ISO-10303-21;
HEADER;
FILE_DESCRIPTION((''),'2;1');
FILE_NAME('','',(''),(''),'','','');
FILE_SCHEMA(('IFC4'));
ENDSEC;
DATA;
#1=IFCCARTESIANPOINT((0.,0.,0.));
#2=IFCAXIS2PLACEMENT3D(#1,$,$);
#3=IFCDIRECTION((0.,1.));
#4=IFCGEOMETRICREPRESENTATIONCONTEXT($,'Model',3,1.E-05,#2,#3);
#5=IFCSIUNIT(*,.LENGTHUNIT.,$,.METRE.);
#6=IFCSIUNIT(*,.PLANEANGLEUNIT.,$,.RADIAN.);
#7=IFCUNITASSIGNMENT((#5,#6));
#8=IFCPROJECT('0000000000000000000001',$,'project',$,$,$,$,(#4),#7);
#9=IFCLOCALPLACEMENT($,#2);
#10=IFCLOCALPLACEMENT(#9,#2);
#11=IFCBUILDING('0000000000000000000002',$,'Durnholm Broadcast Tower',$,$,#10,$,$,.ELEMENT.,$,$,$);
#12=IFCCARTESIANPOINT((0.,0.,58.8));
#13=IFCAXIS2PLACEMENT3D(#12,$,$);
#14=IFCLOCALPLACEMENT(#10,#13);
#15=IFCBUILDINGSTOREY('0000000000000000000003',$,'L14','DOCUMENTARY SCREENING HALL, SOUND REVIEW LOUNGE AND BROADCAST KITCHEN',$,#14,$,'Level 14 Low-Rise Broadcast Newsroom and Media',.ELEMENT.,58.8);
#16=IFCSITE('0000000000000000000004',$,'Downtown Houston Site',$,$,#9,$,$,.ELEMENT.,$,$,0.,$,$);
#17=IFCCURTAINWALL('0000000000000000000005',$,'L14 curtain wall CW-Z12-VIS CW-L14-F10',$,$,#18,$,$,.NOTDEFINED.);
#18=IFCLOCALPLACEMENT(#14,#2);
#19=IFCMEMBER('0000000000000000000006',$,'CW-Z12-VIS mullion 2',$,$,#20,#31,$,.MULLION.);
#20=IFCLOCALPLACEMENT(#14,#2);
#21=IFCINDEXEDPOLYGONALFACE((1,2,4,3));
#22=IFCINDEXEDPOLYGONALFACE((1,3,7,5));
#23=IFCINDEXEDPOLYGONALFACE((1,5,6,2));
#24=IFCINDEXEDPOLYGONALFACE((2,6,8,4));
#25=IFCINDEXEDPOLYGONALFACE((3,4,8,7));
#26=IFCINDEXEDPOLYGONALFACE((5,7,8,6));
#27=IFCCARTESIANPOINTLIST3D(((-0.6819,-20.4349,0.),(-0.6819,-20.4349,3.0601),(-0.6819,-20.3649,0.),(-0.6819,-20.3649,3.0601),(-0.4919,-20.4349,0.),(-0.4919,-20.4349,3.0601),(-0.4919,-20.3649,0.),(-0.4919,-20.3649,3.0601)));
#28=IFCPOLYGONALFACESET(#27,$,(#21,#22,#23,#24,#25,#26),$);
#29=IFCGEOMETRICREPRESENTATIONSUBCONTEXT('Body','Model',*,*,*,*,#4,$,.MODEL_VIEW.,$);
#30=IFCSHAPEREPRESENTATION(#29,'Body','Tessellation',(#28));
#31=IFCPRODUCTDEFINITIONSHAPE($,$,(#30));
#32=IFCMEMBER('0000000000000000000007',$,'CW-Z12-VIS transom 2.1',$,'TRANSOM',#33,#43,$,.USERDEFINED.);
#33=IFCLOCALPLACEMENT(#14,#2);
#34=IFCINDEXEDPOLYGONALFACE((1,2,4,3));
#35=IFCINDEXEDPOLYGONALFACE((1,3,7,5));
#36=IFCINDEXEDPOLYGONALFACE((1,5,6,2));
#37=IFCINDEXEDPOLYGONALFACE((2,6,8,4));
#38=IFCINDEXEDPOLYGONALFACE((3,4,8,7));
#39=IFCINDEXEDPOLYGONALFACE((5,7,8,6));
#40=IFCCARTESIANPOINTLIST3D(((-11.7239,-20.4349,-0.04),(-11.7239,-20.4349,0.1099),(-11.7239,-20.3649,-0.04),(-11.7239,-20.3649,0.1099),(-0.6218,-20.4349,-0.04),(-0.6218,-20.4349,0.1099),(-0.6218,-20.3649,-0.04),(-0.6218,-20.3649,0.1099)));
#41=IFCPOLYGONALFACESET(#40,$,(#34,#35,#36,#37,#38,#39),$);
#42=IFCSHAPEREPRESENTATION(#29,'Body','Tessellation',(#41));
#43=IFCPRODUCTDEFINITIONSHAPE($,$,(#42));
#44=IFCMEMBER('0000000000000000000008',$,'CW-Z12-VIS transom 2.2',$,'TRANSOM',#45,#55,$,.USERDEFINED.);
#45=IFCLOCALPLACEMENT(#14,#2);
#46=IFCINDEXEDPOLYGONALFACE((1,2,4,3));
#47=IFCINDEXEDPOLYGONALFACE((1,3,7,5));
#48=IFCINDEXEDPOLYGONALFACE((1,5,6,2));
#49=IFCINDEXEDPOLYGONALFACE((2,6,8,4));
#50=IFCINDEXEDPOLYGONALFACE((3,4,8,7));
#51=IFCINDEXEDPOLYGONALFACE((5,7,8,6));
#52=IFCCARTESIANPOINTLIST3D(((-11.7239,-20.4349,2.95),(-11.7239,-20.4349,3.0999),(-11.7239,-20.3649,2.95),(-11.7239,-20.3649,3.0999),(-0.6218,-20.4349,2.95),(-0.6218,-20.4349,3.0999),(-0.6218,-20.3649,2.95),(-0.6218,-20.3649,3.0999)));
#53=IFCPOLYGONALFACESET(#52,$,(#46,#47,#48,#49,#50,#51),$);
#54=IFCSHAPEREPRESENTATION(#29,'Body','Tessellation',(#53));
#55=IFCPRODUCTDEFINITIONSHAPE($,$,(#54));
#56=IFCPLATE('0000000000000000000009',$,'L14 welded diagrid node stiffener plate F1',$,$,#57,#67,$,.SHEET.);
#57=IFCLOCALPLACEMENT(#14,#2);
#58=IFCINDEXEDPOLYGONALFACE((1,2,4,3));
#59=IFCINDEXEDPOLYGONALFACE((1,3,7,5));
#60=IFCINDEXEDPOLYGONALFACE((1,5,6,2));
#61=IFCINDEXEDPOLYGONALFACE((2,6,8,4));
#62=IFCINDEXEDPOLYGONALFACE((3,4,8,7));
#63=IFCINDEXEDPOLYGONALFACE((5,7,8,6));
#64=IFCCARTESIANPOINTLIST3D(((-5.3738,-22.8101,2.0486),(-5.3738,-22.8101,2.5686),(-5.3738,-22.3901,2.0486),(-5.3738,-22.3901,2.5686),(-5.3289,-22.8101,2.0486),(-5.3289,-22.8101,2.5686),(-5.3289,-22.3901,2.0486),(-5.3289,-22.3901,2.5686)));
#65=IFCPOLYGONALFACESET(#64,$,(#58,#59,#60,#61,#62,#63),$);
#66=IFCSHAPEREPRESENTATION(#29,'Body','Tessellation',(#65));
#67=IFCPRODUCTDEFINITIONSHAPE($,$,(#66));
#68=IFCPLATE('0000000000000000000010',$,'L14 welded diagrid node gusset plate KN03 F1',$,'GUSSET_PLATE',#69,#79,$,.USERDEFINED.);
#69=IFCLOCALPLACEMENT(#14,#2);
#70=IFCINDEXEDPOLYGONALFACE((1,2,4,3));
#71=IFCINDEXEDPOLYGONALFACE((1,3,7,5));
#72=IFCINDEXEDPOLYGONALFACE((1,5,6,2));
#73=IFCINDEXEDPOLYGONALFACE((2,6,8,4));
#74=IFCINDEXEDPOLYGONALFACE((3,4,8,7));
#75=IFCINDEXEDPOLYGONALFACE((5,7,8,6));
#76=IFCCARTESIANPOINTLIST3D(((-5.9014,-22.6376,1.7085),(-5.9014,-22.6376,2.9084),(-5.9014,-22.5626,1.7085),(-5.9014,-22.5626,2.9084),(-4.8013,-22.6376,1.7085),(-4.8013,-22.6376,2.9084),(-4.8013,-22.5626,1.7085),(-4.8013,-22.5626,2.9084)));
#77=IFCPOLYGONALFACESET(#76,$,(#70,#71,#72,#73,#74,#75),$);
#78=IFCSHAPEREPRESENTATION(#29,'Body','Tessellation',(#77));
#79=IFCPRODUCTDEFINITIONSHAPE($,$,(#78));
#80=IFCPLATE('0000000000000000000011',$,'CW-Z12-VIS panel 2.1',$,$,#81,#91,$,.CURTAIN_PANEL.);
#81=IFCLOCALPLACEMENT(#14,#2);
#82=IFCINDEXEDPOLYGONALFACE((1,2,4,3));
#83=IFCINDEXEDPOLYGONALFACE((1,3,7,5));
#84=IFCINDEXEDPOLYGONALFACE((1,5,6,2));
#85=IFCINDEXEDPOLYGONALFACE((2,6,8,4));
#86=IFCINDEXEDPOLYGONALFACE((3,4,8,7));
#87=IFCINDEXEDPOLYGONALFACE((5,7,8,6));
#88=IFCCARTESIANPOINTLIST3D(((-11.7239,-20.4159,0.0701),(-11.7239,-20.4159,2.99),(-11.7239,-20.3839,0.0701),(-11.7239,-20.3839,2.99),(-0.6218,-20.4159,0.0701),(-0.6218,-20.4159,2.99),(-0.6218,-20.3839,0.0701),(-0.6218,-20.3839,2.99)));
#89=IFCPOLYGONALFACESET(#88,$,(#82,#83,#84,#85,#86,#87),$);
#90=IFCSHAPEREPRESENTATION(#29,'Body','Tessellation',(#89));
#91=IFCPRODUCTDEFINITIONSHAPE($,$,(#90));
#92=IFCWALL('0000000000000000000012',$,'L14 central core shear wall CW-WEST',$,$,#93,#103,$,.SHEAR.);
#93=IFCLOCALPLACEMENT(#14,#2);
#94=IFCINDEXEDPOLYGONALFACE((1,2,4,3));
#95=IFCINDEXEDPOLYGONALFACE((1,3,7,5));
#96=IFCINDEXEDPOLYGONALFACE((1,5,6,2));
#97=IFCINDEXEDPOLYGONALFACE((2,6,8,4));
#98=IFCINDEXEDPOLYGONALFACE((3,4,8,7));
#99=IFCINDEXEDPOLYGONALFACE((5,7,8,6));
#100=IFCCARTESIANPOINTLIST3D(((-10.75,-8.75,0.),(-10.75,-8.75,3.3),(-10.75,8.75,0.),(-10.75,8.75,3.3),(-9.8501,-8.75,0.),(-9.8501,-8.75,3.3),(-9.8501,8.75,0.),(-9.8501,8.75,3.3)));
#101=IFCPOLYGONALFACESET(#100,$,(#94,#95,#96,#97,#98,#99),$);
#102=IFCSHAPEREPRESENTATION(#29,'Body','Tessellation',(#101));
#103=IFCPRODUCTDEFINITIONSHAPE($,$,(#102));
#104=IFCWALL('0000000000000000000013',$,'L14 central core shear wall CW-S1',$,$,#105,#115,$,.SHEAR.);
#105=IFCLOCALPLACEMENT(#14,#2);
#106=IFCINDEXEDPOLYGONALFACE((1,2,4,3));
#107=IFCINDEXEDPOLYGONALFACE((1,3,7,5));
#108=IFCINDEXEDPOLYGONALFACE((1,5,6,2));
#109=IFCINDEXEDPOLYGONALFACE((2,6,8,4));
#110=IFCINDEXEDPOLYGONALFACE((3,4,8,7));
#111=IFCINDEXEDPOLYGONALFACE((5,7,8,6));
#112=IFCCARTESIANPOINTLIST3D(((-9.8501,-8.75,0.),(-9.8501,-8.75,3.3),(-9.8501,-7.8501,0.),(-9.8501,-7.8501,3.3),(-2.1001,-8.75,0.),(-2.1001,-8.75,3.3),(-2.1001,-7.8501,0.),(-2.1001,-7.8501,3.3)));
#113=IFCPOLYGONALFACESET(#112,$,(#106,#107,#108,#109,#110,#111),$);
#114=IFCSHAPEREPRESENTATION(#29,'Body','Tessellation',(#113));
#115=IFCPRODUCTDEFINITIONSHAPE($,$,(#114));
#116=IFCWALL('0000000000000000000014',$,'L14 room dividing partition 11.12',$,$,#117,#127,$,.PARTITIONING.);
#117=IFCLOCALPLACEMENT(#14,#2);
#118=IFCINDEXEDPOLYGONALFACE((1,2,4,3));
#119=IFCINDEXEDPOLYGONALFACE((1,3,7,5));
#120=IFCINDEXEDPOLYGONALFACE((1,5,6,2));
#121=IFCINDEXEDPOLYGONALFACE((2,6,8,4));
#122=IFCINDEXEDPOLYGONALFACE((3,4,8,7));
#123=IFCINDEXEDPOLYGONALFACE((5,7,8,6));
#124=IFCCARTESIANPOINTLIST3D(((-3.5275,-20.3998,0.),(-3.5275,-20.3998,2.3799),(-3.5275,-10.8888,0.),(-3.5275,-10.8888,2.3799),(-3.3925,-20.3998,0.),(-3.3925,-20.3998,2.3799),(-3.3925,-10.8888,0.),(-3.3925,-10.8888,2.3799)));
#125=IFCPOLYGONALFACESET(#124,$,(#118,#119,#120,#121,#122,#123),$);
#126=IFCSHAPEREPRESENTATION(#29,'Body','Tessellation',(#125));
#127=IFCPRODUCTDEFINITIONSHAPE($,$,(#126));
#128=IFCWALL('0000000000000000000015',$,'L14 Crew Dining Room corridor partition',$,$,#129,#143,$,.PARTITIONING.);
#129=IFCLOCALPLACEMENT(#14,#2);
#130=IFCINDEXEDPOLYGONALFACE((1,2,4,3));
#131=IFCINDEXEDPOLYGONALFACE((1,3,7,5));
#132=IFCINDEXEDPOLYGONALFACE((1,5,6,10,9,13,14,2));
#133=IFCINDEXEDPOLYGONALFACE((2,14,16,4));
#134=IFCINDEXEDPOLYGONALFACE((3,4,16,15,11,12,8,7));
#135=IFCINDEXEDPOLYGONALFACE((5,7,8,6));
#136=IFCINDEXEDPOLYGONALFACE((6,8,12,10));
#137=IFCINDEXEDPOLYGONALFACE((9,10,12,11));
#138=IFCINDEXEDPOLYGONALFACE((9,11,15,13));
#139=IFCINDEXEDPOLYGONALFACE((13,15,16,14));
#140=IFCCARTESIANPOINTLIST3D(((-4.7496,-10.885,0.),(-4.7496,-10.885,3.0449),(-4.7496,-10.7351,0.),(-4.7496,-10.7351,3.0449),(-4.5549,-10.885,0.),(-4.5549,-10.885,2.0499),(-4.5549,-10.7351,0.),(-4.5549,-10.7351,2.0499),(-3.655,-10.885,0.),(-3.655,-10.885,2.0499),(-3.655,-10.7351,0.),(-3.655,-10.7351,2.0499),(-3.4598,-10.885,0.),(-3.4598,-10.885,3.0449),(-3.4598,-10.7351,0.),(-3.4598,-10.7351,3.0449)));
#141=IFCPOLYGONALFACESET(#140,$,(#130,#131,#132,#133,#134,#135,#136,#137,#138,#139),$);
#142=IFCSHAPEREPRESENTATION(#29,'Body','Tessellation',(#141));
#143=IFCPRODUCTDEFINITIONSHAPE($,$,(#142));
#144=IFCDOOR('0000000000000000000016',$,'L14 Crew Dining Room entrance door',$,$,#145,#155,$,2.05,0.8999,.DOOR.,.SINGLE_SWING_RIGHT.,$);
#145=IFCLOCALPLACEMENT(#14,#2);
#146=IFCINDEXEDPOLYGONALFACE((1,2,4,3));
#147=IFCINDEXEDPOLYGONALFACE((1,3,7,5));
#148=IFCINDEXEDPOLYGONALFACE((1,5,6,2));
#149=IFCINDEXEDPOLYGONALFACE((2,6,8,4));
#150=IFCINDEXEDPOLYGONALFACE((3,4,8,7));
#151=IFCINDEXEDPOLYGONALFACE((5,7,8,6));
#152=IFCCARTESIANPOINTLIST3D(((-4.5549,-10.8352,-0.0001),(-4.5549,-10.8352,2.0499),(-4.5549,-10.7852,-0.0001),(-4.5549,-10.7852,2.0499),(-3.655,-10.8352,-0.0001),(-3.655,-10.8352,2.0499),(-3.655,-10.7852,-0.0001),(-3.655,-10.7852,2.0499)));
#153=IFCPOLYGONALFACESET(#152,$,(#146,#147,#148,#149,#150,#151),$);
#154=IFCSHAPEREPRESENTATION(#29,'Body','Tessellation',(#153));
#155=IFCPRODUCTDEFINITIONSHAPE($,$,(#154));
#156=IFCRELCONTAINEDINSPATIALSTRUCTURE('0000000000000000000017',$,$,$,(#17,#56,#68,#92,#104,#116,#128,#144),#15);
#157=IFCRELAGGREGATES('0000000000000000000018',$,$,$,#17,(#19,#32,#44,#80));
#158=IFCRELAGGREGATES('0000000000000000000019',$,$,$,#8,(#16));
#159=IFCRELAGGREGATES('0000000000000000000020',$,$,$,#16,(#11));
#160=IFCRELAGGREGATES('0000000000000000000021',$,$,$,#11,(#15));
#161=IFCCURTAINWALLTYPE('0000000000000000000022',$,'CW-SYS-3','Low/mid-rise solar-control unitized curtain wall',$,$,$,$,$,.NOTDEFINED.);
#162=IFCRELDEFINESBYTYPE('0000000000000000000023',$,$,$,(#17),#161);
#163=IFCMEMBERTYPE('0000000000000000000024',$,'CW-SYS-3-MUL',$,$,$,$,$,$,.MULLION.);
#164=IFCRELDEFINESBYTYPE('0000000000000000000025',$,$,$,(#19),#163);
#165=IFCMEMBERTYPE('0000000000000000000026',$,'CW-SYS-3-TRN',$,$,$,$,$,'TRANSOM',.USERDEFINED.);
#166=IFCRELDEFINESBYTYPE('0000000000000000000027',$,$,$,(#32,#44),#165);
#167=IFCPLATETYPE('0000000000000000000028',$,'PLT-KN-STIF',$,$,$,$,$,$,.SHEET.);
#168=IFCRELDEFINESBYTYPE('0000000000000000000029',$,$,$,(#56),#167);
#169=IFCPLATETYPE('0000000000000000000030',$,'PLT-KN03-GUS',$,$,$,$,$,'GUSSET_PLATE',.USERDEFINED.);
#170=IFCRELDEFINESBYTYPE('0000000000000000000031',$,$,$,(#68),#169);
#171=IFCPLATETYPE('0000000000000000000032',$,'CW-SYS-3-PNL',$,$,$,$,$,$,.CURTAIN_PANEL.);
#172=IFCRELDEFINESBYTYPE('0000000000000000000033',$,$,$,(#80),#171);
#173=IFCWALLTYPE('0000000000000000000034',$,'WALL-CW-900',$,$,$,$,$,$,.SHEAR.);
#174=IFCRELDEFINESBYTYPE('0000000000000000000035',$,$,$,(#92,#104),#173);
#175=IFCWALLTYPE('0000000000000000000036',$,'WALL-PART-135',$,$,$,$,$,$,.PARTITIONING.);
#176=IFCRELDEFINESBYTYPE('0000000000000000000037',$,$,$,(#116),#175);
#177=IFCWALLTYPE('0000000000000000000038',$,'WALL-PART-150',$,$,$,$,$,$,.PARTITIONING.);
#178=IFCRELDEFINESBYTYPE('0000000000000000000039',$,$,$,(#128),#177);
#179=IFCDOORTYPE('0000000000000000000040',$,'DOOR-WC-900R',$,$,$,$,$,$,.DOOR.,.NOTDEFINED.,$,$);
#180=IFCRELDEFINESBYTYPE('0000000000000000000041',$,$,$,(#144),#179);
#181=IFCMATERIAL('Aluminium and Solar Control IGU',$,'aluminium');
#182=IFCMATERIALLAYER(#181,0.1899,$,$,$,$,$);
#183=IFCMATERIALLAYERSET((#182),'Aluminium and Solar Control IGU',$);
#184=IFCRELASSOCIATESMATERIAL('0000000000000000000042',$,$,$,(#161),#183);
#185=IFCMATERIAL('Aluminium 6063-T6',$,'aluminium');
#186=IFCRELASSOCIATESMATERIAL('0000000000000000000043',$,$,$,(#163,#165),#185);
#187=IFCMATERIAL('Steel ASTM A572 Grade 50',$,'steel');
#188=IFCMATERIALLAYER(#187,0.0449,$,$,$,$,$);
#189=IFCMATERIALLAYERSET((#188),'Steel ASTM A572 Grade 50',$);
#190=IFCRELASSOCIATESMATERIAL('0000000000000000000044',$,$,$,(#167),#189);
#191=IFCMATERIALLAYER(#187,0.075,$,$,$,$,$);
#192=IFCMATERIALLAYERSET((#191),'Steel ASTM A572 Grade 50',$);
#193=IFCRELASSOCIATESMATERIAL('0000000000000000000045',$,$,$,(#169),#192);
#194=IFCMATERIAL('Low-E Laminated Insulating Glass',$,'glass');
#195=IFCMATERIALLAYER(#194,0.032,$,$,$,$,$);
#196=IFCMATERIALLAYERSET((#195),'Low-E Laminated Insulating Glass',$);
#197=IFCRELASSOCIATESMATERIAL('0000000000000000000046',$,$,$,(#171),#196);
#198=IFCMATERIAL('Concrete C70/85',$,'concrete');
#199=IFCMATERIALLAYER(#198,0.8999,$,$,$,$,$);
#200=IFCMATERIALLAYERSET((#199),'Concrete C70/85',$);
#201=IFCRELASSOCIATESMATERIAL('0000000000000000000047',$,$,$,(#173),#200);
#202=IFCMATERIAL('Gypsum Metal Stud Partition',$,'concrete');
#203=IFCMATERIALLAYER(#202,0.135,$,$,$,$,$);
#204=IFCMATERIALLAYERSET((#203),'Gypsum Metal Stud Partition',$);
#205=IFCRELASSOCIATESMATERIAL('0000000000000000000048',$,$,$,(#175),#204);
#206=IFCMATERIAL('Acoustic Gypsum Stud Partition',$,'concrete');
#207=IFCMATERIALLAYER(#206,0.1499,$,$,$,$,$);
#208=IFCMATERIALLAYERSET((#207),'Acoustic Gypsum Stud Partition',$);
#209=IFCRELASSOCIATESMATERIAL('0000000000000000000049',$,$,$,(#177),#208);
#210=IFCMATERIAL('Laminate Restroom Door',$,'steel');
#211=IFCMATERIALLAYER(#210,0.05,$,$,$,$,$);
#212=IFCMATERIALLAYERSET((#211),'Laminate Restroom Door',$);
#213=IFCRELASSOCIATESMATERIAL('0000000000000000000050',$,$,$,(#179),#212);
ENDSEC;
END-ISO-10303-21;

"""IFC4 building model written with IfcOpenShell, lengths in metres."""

from ifc_helpers import new_model, si_unit, direction, frame, frame_2d, origin, origin_2d, place, context, subcontext, project, spatial, rectangle, extrude, source, transform, mapped, material, layer, layer_set, material_profile, profile_set, type_object, type_shapes, element, fill, aggregate, save


model = new_model("IFC4")

# Units and contexts
model_context = context("Model", 3, precision=1e-05, world=origin(), true_north=direction((0.0, 1.0)))
body_context = subcontext(model_context, "Body", "Model", "MODEL_VIEW")
ifc_project = project(units=[si_unit("LENGTHUNIT", "METRE"), si_unit("PLANEANGLEUNIT", "RADIAN")], contexts=[model_context])

# Site, building, storey
site_placement = place(None, origin())
site = spatial("IfcSite", under=ifc_project, at=site_placement, Name="Downtown Houston Site", CompositionType="ELEMENT", RefElevation=0.0)
building_placement = place(site_placement, origin())
building = spatial("IfcBuilding", under=site, at=building_placement, Name="Durnholm Broadcast Tower", CompositionType="ELEMENT")
storey_placement = place(building_placement, frame((0.0, 0.0, 58.8)))
storey = spatial("IfcBuildingStorey", under=building, at=storey_placement, Name="L14", Description="DOCUMENTARY SCREENING HALL, SOUND REVIEW LOUNGE AND BROADCAST KITCHEN", LongName="Level 14 Low-Rise Broadcast Newsroom and Media", CompositionType="ELEMENT", Elevation=58.8)

# Shared definitions
ifc_material_1 = material(Name="Concrete C70/85", Category="concrete")

# Curtain wall, members
ifc_material_2 = material(Name="Aluminium and Solar Control IGU", Category="aluminium")
ifc_layer_1 = layer(ifc_material_2, 0.1899)
ifc_layer_set_1 = layer_set([ifc_layer_1], Name="Aluminium and Solar Control IGU")
curtain_wall_type = type_object("IfcCurtainWallType", Name="CW-SYS-3", Description="Low/mid-rise solar-control unitized curtain wall", PredefinedType="NOTDEFINED", material=ifc_layer_set_1)
curtain_wall_placement = place(storey_placement, origin())
curtain_wall = element("IfcCurtainWall", 1, at=curtain_wall_placement, inside=storey, type_object=curtain_wall_type, Name="L14 curtain wall CW-Z12-VIS CW-L14-F10", PredefinedType="NOTDEFINED")
ifc_material_3 = material(Name="Aluminium 6063-T6", Category="aluminium")
ifc_material_profile_1 = material_profile(ifc_material_3, rectangle(XDim=0.0701, YDim=0.1899, at=origin_2d()), Name="CWM70X190")
ifc_profile_set_1 = profile_set([ifc_material_profile_1], Name="Aluminium 6063-T6")
member_type_1 = type_object("IfcMemberType", Name="CW-SYS-3-MUL", PredefinedType="MULLION", material=ifc_profile_set_1)
shared_shape_1 = source(origin(), body_context, "Body", "SweptSolid", [
    extrude(rectangle(XDim=0.0701, YDim=0.1899, at=origin_2d()), origin(), (0.0, 0.0, 1.0), 3.0601),
])
type_shapes(member_type_1, [shared_shape_1])
member_1_placement = place(storey_placement, frame((-0.5869, -20.3999, 0.0), z_axis=(0.0, 0.0, 1.0), x_axis=(0.0, -1.0, 0.0)))
member_1 = element("IfcMember", 2, at=member_1_placement, type_object=member_type_1, Name="CW-Z12-VIS mullion 2", PredefinedType="MULLION", context=body_context, shape_type="MappedRepresentation", body=[
    mapped(shared_shape_1, transform((0.0, 0.0, 0.0), x_axis=(1.0, 0.0, 0.0), y_axis=(0.0, 1.0, 0.0), z_axis=(0.0, 0.0, 1.0), scale=1.0)),
])
ifc_material_profile_2 = material_profile(ifc_material_3, rectangle(XDim=0.0701, YDim=0.1499, at=origin_2d()), Name="CWT70X150")
ifc_profile_set_2 = profile_set([ifc_material_profile_2], Name="Aluminium 6063-T6")
member_type_2 = type_object("IfcMemberType", Name="CW-SYS-3-TRN", ElementType="TRANSOM", PredefinedType="USERDEFINED", material=ifc_profile_set_2)
shared_shape_2 = source(origin(), body_context, "Body", "SweptSolid", [
    extrude(rectangle(XDim=0.0701, YDim=0.1499, at=origin_2d()), origin(), (0.0, 0.0, 1.0), 11.1021),
])
type_shapes(member_type_2, [shared_shape_2])
member_2_placement = place(storey_placement, frame((-0.6218, -20.3999, 0.0349), z_axis=(-1.0, 0.0, 0.0), x_axis=(0.0, -1.0, 0.0)))
member_2 = element("IfcMember", 3, at=member_2_placement, type_object=member_type_2, Name="CW-Z12-VIS transom 2.1", ObjectType="TRANSOM", PredefinedType="USERDEFINED", context=body_context, shape_type="MappedRepresentation", body=[
    mapped(shared_shape_2, transform((0.0, 0.0, 0.0), x_axis=(1.0, 0.0, 0.0), y_axis=(0.0, 1.0, 0.0), z_axis=(0.0, 0.0, 1.0), scale=1.0)),
])
member_3_placement = place(storey_placement, frame((-0.6218, -20.3999, 3.0249), z_axis=(-1.0, 0.0, 0.0), x_axis=(0.0, -1.0, 0.0)))
member_3 = element("IfcMember", 4, at=member_3_placement, type_object=member_type_2, Name="CW-Z12-VIS transom 2.2", ObjectType="TRANSOM", PredefinedType="USERDEFINED", context=body_context, shape_type="MappedRepresentation", body=[
    mapped(shared_shape_2, transform((0.0, 0.0, 0.0), x_axis=(1.0, 0.0, 0.0), y_axis=(0.0, 1.0, 0.0), z_axis=(0.0, 0.0, 1.0), scale=1.0)),
])

# Plates
ifc_material_4 = material(Name="Steel ASTM A572 Grade 50", Category="steel")
ifc_layer_2 = layer(ifc_material_4, 0.0449)
ifc_layer_set_2 = layer_set([ifc_layer_2], Name="Steel ASTM A572 Grade 50")
plate_type_1 = type_object("IfcPlateType", Name="PLT-KN-STIF", PredefinedType="SHEET", material=ifc_layer_set_2)
shared_shape_3 = source(origin(), body_context, "Body", "SweptSolid", [
    extrude(rectangle(XDim=0.0449, YDim=0.4199, at=origin_2d()), origin(), (0.0, 0.0, 1.0), 0.52),
])
type_shapes(plate_type_1, [shared_shape_3])
plate_1_placement = place(storey_placement, frame((-5.3513, -22.6001, 2.0486), z_axis=(0.0, 0.0, 1.0), x_axis=(1.0, 0.0, 0.0)))
element("IfcPlate", 5, at=plate_1_placement, inside=storey, type_object=plate_type_1, Name="L14 welded diagrid node stiffener plate F1", PredefinedType="SHEET", context=body_context, shape_type="MappedRepresentation", body=[
    mapped(shared_shape_3, transform((0.0, 0.0, 0.0), x_axis=(1.0, 0.0, 0.0), y_axis=(0.0, 1.0, 0.0), z_axis=(0.0, 0.0, 1.0), scale=1.0)),
])
ifc_layer_3 = layer(ifc_material_4, 0.075)
ifc_layer_set_3 = layer_set([ifc_layer_3], Name="Steel ASTM A572 Grade 50")
plate_type_2 = type_object("IfcPlateType", Name="PLT-KN03-GUS", ElementType="GUSSET_PLATE", PredefinedType="USERDEFINED", material=ifc_layer_set_3)
shared_shape_4 = source(origin(), body_context, "Body", "SweptSolid", [
    extrude(rectangle(XDim=1.1001, YDim=0.075, at=origin_2d()), origin(), (0.0, 0.0, 1.0), 1.2),
])
type_shapes(plate_type_2, [shared_shape_4])
plate_2_placement = place(storey_placement, frame((-5.3513, -22.6001, 1.7085), z_axis=(0.0, 0.0, 1.0), x_axis=(1.0, 0.0, 0.0)))
element("IfcPlate", 6, at=plate_2_placement, inside=storey, type_object=plate_type_2, Name="L14 welded diagrid node gusset plate KN03 F1", ObjectType="GUSSET_PLATE", PredefinedType="USERDEFINED", context=body_context, shape_type="MappedRepresentation", body=[
    mapped(shared_shape_4, transform((0.0, 0.0, 0.0), x_axis=(1.0, 0.0, 0.0), y_axis=(0.0, 1.0, 0.0), z_axis=(0.0, 0.0, 1.0), scale=1.0)),
])

# Plate
ifc_material_5 = material(Name="Low-E Laminated Insulating Glass", Category="glass")
ifc_layer_4 = layer(ifc_material_5, 0.032)
ifc_layer_set_4 = layer_set([ifc_layer_4], Name="Low-E Laminated Insulating Glass")
plate_type_3 = type_object("IfcPlateType", Name="CW-SYS-3-PNL", PredefinedType="CURTAIN_PANEL", material=ifc_layer_set_4)
shared_shape_5 = source(origin(), body_context, "Body", "SweptSolid", [
    extrude(rectangle(XDim=11.1021, YDim=0.032, at=origin_2d()), origin(), (0.0, 0.0, 1.0), 2.9199),
])
type_shapes(plate_type_3, [shared_shape_5])
plate_3_placement = place(storey_placement, frame((-6.1729, -20.3999, 0.0701), z_axis=(0.0, 0.0, 1.0), x_axis=(-1.0, 0.0, 0.0)))
plate_3 = element("IfcPlate", 7, at=plate_3_placement, type_object=plate_type_3, Name="CW-Z12-VIS panel 2.1", PredefinedType="CURTAIN_PANEL", context=body_context, shape_type="MappedRepresentation", body=[
    mapped(shared_shape_5, transform((0.0, 0.0, 0.0), x_axis=(1.0, 0.0, 0.0), y_axis=(0.0, 1.0, 0.0), z_axis=(0.0, 0.0, 1.0), scale=1.0)),
])
aggregate(curtain_wall, [member_1, member_2, member_3, plate_3])

# Walls
ifc_layer_5 = layer(ifc_material_1, 0.8999)
ifc_layer_set_5 = layer_set([ifc_layer_5], Name="Concrete C70/85")
wall_type_1 = type_object("IfcWallType", Name="WALL-CW-900", PredefinedType="SHEAR", material=ifc_layer_set_5)
wall_1_placement = place(storey_placement, frame((-10.3, -8.75, 0.0), z_axis=(0.0, 0.0, 1.0), x_axis=(0.0, 1.0, 0.0)))
element("IfcWall", 8, at=wall_1_placement, inside=storey, type_object=wall_type_1, Name="L14 central core shear wall CW-WEST", PredefinedType="SHEAR", context=body_context, shape_type="SweptSolid", body=[
    extrude(rectangle(XDim=17.5, YDim=0.8999, at=frame_2d((8.75, 0.0))), origin(), (0.0, 0.0, 1.0), 3.3),
])
wall_2_placement = place(storey_placement, frame((-9.8501, -8.3, 0.0), z_axis=(0.0, 0.0, 1.0), x_axis=(1.0, 0.0, 0.0)))
element("IfcWall", 9, at=wall_2_placement, inside=storey, type_object=wall_type_1, Name="L14 central core shear wall CW-S1", PredefinedType="SHEAR", context=body_context, shape_type="SweptSolid", body=[
    extrude(rectangle(XDim=7.75, YDim=0.8999, at=frame_2d((3.875, 0.0))), origin(), (0.0, 0.0, 1.0), 3.3),
])
ifc_material_6 = material(Name="Gypsum Metal Stud Partition", Category="concrete")
ifc_layer_6 = layer(ifc_material_6, 0.135)
ifc_layer_set_6 = layer_set([ifc_layer_6], Name="Gypsum Metal Stud Partition")
wall_type_2 = type_object("IfcWallType", Name="WALL-PART-135", PredefinedType="PARTITIONING", material=ifc_layer_set_6)
wall_3_placement = place(storey_placement, frame((-3.46, -10.8889, 0.0), z_axis=(0.0, 0.0, 1.0), x_axis=(0.0, -1.0, 0.0)))
element("IfcWall", 10, at=wall_3_placement, inside=storey, type_object=wall_type_2, Name="L14 room dividing partition 11.12", PredefinedType="PARTITIONING", context=body_context, shape_type="SweptSolid", body=[
    extrude(rectangle(XDim=9.511, YDim=0.135, at=frame_2d((4.7554, 0.0))), origin(), (0.0, 0.0, 1.0), 2.3799),
])

# Wall, opening, door
ifc_material_7 = material(Name="Acoustic Gypsum Stud Partition", Category="concrete")
ifc_layer_7 = layer(ifc_material_7, 0.1499)
ifc_layer_set_7 = layer_set([ifc_layer_7], Name="Acoustic Gypsum Stud Partition")
wall_type_3 = type_object("IfcWallType", Name="WALL-PART-150", PredefinedType="PARTITIONING", material=ifc_layer_set_7)
wall_4_placement = place(storey_placement, frame((-4.7498, -10.8101, 0.0), z_axis=(0.0, 0.0, 1.0), x_axis=(1.0, 0.0, 0.0)))
wall_4 = element("IfcWall", 11, at=wall_4_placement, inside=storey, type_object=wall_type_3, Name="L14 Crew Dining Room corridor partition", PredefinedType="PARTITIONING", context=body_context, shape_type="SweptSolid", body=[
    extrude(rectangle(XDim=1.2898, YDim=0.1499, at=frame_2d((0.645, 0.0))), origin(), (0.0, 0.0, 1.0), 3.0449),
])
opening_1_placement = place(wall_4_placement, frame((0.1948, 0.0, 0.0)))
opening_1 = element("IfcOpeningElement", 12, at=opening_1_placement, cuts=wall_4, PredefinedType="OPENING", context=body_context, shape_type="SweptSolid", body=[
    extrude(rectangle(XDim=0.8999, YDim=2.05, at=frame_2d((0.45, 1.0249))), frame((0.0, 0.085, 0.0), z_axis=(0.0, -1.0, 0.0), x_axis=(1.0, 0.0, 0.0)), (0.0, 0.0, 1.0), 0.1699),
])
ifc_material_8 = material(Name="Laminate Restroom Door", Category="steel")
ifc_layer_8 = layer(ifc_material_8, 0.05)
ifc_layer_set_8 = layer_set([ifc_layer_8], Name="Laminate Restroom Door")
door_type_1 = type_object("IfcDoorType", Name="DOOR-WC-900R", OperationType="NOTDEFINED", PredefinedType="DOOR", material=ifc_layer_set_8)
shared_shape_6 = source(origin(), body_context, "Body", "SweptSolid", [
    extrude(rectangle(XDim=0.8999, YDim=2.05, at=frame_2d((0.45, 1.0249))), frame((0.0, 0.0249, 0.0), z_axis=(0.0, -1.0, 0.0), x_axis=(1.0, 0.0, 0.0)), (0.0, 0.0, 1.0), 0.05),
])
type_shapes(door_type_1, [shared_shape_6])
door_1_placement = place(opening_1_placement, origin())
door_1 = element("IfcDoor", 13, at=door_1_placement, inside=storey, type_object=door_type_1, Name="L14 Crew Dining Room entrance door", OperationType="SINGLE_SWING_RIGHT", OverallHeight=2.05, OverallWidth=0.8999, PredefinedType="DOOR", context=body_context, shape_type="MappedRepresentation", body=[
    mapped(shared_shape_6, transform((0.0, 0.0, 0.0), x_axis=(1.0, 0.0, 0.0), y_axis=(0.0, 1.0, 0.0), z_axis=(0.0, 0.0, 1.0), scale=1.0)),
])
fill(opening_1, door_1)

save(model, "model.ifc")
